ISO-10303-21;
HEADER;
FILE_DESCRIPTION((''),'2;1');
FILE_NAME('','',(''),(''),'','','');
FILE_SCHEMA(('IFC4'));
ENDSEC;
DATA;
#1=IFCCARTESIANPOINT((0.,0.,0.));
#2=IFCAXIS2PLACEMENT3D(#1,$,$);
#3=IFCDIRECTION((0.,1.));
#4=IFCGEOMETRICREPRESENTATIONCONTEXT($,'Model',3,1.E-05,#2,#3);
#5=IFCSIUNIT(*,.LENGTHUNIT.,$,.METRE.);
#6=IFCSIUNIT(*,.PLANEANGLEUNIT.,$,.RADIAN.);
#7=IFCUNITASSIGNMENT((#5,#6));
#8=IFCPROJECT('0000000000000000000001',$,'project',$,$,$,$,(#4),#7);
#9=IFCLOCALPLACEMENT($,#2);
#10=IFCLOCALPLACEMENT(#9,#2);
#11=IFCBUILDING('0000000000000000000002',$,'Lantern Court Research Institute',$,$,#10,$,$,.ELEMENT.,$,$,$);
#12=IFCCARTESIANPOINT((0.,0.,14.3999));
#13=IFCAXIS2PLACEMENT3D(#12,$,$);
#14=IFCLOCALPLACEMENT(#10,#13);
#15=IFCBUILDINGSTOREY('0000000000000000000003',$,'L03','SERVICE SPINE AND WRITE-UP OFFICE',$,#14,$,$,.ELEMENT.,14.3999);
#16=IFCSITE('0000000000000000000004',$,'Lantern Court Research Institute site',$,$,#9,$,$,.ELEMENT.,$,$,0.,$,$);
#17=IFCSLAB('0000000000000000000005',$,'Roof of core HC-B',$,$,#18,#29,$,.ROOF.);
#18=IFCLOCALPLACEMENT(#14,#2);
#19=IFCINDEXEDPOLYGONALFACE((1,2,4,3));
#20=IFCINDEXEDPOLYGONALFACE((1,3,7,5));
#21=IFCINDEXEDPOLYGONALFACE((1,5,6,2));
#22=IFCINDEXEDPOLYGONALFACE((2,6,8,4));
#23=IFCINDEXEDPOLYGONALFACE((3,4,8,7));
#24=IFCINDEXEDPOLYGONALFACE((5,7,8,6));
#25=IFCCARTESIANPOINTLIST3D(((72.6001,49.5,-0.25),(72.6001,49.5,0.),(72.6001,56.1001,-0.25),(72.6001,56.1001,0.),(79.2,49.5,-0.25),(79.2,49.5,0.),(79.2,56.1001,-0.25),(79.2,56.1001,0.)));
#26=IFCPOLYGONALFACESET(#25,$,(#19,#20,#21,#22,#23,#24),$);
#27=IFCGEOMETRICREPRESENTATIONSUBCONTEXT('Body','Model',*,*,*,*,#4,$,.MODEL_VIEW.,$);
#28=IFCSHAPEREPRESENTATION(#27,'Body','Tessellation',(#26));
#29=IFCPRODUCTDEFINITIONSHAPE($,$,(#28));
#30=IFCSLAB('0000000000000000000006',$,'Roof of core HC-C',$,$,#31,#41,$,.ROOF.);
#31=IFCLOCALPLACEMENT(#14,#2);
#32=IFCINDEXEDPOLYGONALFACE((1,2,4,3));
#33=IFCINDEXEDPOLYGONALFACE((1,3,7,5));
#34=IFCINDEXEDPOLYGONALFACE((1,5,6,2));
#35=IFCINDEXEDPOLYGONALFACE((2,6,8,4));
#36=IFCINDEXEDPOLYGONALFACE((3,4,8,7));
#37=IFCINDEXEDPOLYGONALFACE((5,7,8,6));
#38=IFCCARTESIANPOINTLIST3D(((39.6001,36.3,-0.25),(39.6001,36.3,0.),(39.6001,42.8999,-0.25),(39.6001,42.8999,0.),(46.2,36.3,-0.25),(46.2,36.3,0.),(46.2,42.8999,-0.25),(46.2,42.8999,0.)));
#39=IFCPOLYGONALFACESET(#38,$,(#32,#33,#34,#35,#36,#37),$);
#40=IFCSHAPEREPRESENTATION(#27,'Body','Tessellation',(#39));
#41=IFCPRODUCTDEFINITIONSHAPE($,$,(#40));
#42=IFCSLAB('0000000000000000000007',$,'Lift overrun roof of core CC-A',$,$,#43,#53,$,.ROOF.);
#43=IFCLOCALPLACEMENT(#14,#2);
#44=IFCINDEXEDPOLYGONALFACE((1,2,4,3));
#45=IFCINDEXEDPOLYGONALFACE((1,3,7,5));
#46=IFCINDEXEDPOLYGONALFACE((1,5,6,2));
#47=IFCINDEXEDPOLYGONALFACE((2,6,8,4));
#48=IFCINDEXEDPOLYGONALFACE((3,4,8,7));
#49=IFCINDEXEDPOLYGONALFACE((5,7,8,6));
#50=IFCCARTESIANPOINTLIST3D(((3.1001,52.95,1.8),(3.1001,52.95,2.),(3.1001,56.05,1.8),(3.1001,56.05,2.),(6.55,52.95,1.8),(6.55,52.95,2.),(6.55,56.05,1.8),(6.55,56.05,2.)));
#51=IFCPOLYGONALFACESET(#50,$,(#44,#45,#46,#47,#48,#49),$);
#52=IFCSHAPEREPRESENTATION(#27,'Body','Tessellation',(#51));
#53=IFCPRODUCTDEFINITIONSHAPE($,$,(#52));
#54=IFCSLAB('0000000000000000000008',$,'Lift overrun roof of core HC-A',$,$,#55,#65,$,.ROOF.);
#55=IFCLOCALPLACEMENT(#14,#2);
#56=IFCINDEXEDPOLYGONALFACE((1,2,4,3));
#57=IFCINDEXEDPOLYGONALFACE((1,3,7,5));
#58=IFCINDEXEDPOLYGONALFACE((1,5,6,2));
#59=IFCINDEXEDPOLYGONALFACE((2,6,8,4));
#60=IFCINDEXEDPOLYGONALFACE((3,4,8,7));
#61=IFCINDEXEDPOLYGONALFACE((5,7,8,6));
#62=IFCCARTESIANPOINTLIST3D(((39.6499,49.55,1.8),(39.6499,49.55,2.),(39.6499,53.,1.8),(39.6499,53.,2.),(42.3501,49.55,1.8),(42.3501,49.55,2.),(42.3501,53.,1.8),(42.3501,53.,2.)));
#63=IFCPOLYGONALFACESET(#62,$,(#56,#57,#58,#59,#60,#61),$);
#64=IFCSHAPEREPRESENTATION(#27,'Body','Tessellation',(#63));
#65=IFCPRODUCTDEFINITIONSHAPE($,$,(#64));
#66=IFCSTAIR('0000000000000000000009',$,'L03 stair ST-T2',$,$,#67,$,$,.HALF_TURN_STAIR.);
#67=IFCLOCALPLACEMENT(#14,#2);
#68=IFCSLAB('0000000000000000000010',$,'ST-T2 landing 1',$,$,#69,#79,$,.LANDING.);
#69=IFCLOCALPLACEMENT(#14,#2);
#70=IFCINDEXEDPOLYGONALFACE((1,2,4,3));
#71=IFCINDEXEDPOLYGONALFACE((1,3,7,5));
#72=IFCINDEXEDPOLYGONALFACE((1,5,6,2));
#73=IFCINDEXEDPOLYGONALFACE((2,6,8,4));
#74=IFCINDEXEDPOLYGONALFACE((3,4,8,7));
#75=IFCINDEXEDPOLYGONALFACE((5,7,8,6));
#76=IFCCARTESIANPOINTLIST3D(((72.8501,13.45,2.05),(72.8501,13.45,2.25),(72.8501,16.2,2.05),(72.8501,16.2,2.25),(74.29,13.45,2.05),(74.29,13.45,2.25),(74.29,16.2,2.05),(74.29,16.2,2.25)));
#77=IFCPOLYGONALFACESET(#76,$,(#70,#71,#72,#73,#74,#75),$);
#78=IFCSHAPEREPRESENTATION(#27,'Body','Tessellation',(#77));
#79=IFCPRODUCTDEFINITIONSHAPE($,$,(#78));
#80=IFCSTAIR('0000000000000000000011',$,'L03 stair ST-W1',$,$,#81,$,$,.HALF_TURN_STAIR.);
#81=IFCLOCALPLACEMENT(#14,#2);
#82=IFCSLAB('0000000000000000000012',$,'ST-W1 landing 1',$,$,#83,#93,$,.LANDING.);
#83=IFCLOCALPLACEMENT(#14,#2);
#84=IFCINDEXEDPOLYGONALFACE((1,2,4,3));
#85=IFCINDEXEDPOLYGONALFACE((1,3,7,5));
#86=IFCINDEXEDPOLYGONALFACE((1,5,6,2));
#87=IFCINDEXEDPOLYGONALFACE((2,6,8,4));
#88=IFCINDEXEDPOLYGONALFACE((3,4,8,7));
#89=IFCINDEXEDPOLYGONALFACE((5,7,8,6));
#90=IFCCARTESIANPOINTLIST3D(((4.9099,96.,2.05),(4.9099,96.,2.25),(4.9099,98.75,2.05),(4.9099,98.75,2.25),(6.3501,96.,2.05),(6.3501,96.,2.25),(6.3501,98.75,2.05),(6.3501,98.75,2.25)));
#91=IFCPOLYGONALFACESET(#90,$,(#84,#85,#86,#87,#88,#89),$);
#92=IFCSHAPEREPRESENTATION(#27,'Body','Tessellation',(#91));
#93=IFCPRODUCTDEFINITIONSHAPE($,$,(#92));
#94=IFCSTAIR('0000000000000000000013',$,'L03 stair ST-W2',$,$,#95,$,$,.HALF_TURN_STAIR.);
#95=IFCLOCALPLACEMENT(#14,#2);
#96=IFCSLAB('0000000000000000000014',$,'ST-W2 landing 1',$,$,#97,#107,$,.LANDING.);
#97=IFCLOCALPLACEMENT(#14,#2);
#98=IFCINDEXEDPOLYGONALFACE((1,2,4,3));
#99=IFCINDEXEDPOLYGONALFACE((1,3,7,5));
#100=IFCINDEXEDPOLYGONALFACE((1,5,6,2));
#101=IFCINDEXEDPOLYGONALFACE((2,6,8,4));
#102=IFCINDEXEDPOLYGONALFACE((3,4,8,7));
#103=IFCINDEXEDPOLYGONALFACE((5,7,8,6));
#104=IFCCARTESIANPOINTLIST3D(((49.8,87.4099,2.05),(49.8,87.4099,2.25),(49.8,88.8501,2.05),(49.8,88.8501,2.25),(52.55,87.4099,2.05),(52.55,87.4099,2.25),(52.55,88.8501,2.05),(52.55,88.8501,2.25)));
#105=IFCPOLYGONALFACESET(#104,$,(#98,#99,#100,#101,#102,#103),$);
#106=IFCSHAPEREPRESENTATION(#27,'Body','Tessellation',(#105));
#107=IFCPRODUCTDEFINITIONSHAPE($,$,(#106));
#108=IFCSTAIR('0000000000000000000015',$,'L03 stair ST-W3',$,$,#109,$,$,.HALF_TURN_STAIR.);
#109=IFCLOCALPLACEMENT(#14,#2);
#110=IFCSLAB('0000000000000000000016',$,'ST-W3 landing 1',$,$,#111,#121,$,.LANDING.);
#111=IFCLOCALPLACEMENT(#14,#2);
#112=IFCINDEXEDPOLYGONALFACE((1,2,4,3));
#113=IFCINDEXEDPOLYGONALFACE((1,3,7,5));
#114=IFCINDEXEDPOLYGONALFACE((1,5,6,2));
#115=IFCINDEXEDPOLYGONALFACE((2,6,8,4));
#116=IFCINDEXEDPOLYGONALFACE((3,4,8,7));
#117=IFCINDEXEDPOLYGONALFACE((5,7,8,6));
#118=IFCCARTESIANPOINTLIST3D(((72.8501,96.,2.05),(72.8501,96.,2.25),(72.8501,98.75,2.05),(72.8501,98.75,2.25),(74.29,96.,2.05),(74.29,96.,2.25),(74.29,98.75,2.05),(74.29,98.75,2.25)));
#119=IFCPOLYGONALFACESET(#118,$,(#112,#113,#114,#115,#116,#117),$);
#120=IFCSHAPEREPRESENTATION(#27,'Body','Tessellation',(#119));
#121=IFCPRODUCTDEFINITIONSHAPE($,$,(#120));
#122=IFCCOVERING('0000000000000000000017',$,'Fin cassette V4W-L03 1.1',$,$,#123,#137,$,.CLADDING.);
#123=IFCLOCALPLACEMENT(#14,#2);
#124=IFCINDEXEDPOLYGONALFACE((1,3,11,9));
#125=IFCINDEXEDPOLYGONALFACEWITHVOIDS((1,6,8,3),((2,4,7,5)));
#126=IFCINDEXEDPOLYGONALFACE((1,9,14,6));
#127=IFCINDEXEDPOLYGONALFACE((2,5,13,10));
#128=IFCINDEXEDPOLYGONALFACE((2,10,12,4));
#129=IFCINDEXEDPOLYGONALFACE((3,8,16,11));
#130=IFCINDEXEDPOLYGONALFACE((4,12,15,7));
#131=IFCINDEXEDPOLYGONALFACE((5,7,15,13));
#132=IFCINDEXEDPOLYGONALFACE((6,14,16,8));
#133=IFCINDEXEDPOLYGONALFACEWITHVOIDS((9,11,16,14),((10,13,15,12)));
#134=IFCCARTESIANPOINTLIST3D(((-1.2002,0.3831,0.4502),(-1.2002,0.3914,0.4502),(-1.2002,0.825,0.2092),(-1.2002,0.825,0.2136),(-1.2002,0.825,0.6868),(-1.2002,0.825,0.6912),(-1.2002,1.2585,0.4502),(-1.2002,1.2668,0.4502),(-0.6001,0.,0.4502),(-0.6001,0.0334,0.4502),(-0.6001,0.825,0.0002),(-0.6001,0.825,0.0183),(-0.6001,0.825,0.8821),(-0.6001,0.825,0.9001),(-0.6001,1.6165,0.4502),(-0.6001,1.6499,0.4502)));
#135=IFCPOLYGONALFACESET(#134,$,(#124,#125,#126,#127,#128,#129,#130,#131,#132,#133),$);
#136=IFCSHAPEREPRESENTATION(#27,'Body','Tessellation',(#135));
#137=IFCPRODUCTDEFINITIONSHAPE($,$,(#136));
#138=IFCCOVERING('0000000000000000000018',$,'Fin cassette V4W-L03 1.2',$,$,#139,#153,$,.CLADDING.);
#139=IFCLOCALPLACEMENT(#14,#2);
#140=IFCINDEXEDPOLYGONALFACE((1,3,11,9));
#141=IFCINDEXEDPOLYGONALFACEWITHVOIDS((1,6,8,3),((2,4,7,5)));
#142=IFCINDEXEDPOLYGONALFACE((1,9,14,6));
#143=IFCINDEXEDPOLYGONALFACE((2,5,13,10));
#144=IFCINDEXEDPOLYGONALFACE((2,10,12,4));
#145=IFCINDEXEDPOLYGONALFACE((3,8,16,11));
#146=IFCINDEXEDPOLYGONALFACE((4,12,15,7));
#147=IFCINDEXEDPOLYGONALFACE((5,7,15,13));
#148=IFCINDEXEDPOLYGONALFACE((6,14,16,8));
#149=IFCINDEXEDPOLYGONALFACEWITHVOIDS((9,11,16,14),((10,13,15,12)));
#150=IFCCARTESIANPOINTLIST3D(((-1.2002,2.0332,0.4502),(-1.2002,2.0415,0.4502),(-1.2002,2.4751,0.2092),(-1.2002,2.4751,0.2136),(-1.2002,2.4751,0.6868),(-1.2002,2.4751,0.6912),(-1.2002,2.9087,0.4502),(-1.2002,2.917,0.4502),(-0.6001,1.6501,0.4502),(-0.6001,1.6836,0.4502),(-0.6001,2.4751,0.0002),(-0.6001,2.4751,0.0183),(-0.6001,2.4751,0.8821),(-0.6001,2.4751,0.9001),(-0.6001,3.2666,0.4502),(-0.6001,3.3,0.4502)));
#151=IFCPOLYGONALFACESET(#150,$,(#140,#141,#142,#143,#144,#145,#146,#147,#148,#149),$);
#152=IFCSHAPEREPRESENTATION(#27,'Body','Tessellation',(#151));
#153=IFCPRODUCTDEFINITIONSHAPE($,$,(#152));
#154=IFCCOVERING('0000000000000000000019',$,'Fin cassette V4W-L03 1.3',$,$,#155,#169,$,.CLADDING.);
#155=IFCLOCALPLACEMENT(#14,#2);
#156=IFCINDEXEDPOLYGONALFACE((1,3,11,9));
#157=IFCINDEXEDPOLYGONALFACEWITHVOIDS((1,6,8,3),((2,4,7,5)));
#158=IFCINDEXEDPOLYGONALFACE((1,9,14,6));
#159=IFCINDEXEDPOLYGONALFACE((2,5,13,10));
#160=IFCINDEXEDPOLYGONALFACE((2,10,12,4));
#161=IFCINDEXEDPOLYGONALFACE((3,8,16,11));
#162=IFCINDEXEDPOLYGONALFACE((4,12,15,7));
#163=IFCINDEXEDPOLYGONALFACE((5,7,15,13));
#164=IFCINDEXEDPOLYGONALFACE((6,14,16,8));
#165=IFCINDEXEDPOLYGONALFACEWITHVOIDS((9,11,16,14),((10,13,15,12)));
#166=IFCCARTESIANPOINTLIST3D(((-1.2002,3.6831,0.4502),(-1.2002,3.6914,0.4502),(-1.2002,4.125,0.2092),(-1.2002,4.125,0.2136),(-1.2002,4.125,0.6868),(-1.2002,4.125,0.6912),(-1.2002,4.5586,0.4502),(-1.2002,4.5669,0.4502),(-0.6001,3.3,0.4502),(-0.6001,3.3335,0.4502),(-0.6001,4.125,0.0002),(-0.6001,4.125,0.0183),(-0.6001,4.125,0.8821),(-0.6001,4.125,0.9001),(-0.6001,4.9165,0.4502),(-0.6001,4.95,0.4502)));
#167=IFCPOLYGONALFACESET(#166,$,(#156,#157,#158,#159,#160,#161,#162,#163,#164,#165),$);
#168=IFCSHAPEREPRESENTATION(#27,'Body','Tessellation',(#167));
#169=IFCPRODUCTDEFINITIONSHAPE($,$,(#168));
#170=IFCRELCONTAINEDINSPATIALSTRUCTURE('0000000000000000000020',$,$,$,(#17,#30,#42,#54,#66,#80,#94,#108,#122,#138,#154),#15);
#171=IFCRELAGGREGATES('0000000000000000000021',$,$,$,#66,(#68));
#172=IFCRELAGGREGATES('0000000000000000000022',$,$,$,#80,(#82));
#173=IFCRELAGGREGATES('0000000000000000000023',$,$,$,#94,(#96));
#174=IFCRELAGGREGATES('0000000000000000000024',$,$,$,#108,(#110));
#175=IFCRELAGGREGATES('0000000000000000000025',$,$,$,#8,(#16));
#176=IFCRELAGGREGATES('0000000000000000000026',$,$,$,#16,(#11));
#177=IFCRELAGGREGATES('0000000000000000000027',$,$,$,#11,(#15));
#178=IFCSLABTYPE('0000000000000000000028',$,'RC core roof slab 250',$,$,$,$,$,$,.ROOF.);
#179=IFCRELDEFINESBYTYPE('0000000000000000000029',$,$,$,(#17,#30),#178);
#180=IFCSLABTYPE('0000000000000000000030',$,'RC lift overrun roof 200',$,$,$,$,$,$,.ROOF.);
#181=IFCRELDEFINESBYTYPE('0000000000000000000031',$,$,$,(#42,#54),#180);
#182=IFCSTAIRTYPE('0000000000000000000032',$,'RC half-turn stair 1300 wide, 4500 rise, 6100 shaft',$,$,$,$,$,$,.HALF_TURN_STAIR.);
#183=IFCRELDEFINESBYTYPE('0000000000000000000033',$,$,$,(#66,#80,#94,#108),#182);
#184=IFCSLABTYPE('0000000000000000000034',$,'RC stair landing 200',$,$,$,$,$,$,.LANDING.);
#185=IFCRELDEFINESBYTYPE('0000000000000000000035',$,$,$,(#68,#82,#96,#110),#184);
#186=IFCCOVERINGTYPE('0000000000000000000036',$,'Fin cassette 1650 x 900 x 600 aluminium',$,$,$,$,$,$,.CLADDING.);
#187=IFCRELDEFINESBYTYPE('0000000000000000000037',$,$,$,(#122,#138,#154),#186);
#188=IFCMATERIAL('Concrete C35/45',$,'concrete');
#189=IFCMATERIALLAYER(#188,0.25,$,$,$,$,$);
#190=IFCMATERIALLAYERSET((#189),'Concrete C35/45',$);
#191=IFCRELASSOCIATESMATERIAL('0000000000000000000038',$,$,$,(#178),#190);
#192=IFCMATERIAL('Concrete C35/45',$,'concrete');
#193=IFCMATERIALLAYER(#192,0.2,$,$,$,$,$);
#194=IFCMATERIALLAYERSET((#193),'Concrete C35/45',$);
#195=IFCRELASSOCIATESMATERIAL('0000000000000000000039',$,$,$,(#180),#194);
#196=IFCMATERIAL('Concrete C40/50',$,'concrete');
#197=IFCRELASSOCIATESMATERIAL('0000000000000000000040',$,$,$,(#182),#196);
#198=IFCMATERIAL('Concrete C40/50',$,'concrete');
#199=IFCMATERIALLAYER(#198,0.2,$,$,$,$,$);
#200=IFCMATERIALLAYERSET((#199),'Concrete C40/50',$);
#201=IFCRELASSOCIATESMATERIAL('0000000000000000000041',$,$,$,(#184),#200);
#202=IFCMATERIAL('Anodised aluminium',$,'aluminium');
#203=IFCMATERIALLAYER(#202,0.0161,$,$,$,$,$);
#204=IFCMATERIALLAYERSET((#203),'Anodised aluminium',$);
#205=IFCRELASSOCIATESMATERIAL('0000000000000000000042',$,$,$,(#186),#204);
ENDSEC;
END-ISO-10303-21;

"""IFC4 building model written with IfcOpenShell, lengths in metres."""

from ifc_helpers import new_model, entity, si_unit, direction, frame, origin, place, context, subcontext, project, spatial, polyline, outline, extrude, material, layer, layer_set, type_object, element, aggregate, save


model = new_model("IFC4")

# Units and contexts
model_context = context("Model", 3, precision=1e-05, world=origin(), true_north=direction((0.0, 1.0)))
body_context = subcontext(model_context, "Body", "Model", "MODEL_VIEW")
ifc_project = project(units=[si_unit("LENGTHUNIT", "METRE"), si_unit("PLANEANGLEUNIT", "RADIAN")], contexts=[model_context])

# Site, building, storey
site_placement = place(None, origin())
site = spatial("IfcSite", under=ifc_project, at=site_placement, Name="Lantern Court Research Institute site", CompositionType="ELEMENT", RefElevation=0.0)
building_placement = place(site_placement, origin())
building = spatial("IfcBuilding", under=site, at=building_placement, Name="Lantern Court Research Institute", CompositionType="ELEMENT")
storey_placement = place(building_placement, frame((0.0, 0.0, 14.3999)))
storey = spatial("IfcBuildingStorey", under=building, at=storey_placement, Name="L03", Description="SERVICE SPINE AND WRITE-UP OFFICE", CompositionType="ELEMENT", Elevation=14.3999)

# Slabs
ifc_material_1 = material(Name="Concrete C35/45", Category="concrete")
ifc_layer_1 = layer(ifc_material_1, 0.25)
ifc_layer_set_1 = layer_set([ifc_layer_1], Name="Concrete C35/45")
slab_type_1 = type_object("IfcSlabType", Name="RC core roof slab 250", PredefinedType="ROOF", material=ifc_layer_set_1)
slab_1_placement = place(storey_placement, frame((0.0, 0.0, -0.25)))
element("IfcSlab", 1, at=slab_1_placement, inside=storey, type_object=slab_type_1, Name="Roof of core HC-B", PredefinedType="ROOF", context=body_context, shape_type="SweptSolid", body=[
    extrude(outline(polyline([(72.6001, 49.5), (79.2, 49.5), (79.2, 56.1001), (72.6001, 56.1001), (72.6001, 49.5)])), origin(), (0.0, 0.0, 1.0), 0.25),
])
slab_2_placement = place(storey_placement, frame((0.0, 0.0, -0.25)))
element("IfcSlab", 2, at=slab_2_placement, inside=storey, type_object=slab_type_1, Name="Roof of core HC-C", PredefinedType="ROOF", context=body_context, shape_type="SweptSolid", body=[
    extrude(outline(polyline([(39.6001, 36.3), (46.2, 36.3), (46.2, 42.8999), (39.6001, 42.8999), (39.6001, 36.3)])), origin(), (0.0, 0.0, 1.0), 0.25),
])
ifc_material_2 = material(Name="Concrete C35/45", Category="concrete")
ifc_layer_2 = layer(ifc_material_2, 0.2)
ifc_layer_set_2 = layer_set([ifc_layer_2], Name="Concrete C35/45")
slab_type_2 = type_object("IfcSlabType", Name="RC lift overrun roof 200", PredefinedType="ROOF", material=ifc_layer_set_2)
slab_3_placement = place(storey_placement, frame((0.0, 0.0, 1.8)))
element("IfcSlab", 3, at=slab_3_placement, inside=storey, type_object=slab_type_2, Name="Lift overrun roof of core CC-A", PredefinedType="ROOF", context=body_context, shape_type="SweptSolid", body=[
    extrude(outline(polyline([(3.1001, 52.95), (6.55, 52.95), (6.55, 56.05), (3.1001, 56.05), (3.1001, 52.95)])), origin(), (0.0, 0.0, 1.0), 0.2),
])
slab_4_placement = place(storey_placement, frame((0.0, 0.0, 1.8)))
element("IfcSlab", 4, at=slab_4_placement, inside=storey, type_object=slab_type_2, Name="Lift overrun roof of core HC-A", PredefinedType="ROOF", context=body_context, shape_type="SweptSolid", body=[
    extrude(outline(polyline([(39.6499, 49.55), (42.3501, 49.55), (42.3501, 53.0), (39.6499, 53.0), (39.6499, 49.55)])), origin(), (0.0, 0.0, 1.0), 0.2),
])

# Stairs, slabs
ifc_material_3 = material(Name="Concrete C40/50", Category="concrete")
stair_type = type_object("IfcStairType", Name="RC half-turn stair 1300 wide, 4500 rise, 6100 shaft", PredefinedType="HALF_TURN_STAIR", material=ifc_material_3)
stair_1_placement = place(storey_placement, origin())
stair_1 = element("IfcStair", 5, at=stair_1_placement, inside=storey, type_object=stair_type, Name="L03 stair ST-T2", PredefinedType="HALF_TURN_STAIR")
ifc_material_4 = material(Name="Concrete C40/50", Category="concrete")
ifc_layer_3 = layer(ifc_material_4, 0.2)
ifc_layer_set_3 = layer_set([ifc_layer_3], Name="Concrete C40/50")
slab_type_3 = type_object("IfcSlabType", Name="RC stair landing 200", PredefinedType="LANDING", material=ifc_layer_set_3)
slab_5_placement = place(storey_placement, frame((0.0, 0.0, 2.05)))
slab_5 = element("IfcSlab", 6, at=slab_5_placement, type_object=slab_type_3, Name="ST-T2 landing 1", PredefinedType="LANDING", context=body_context, shape_type="SweptSolid", body=[
    extrude(outline(polyline([(74.29, 16.2), (72.8501, 16.2), (72.8501, 13.45), (74.29, 13.45), (74.29, 16.2)])), origin(), (0.0, 0.0, 1.0), 0.2),
])
aggregate(stair_1, [slab_5])
stair_2_placement = place(storey_placement, origin())
stair_2 = element("IfcStair", 7, at=stair_2_placement, inside=storey, type_object=stair_type, Name="L03 stair ST-W1", PredefinedType="HALF_TURN_STAIR")
slab_6_placement = place(storey_placement, frame((0.0, 0.0, 2.05)))
slab_6 = element("IfcSlab", 8, at=slab_6_placement, type_object=slab_type_3, Name="ST-W1 landing 1", PredefinedType="LANDING", context=body_context, shape_type="SweptSolid", body=[
    extrude(outline(polyline([(4.9099, 96.0), (6.3501, 96.0), (6.3501, 98.75), (4.9099, 98.75), (4.9099, 96.0)])), origin(), (0.0, 0.0, 1.0), 0.2),
])
aggregate(stair_2, [slab_6])
stair_3_placement = place(storey_placement, origin())
stair_3 = element("IfcStair", 9, at=stair_3_placement, inside=storey, type_object=stair_type, Name="L03 stair ST-W2", PredefinedType="HALF_TURN_STAIR")
slab_7_placement = place(storey_placement, frame((0.0, 0.0, 2.05)))
slab_7 = element("IfcSlab", 10, at=slab_7_placement, type_object=slab_type_3, Name="ST-W2 landing 1", PredefinedType="LANDING", context=body_context, shape_type="SweptSolid", body=[
    extrude(outline(polyline([(52.55, 87.4099), (52.55, 88.8501), (49.8, 88.8501), (49.8, 87.4099), (52.55, 87.4099)])), origin(), (0.0, 0.0, 1.0), 0.2),
])
aggregate(stair_3, [slab_7])
stair_4_placement = place(storey_placement, origin())
stair_4 = element("IfcStair", 11, at=stair_4_placement, inside=storey, type_object=stair_type, Name="L03 stair ST-W3", PredefinedType="HALF_TURN_STAIR")
slab_8_placement = place(storey_placement, frame((0.0, 0.0, 2.05)))
slab_8 = element("IfcSlab", 12, at=slab_8_placement, type_object=slab_type_3, Name="ST-W3 landing 1", PredefinedType="LANDING", context=body_context, shape_type="SweptSolid", body=[
    extrude(outline(polyline([(74.29, 98.75), (72.8501, 98.75), (72.8501, 96.0), (74.29, 96.0), (74.29, 98.75)])), origin(), (0.0, 0.0, 1.0), 0.2),
])
aggregate(stair_4, [slab_8])

# Coverings
ifc_material_5 = material(Name="Anodised aluminium", Category="aluminium")
ifc_layer_4 = layer(ifc_material_5, 0.0161)
ifc_layer_set_4 = layer_set([ifc_layer_4], Name="Anodised aluminium")
covering_type_1 = type_object("IfcCoveringType", Name="Fin cassette 1650 x 900 x 600 aluminium", PredefinedType="CLADDING", material=ifc_layer_set_4)
covering_1_placement = place(storey_placement, frame((-0.6001, 0.825, 0.4502), z_axis=(-1.0, 0.0, 0.0), x_axis=(0.0, -1.0, 0.0)))
cartesian_point_1 = entity("IfcCartesianPoint", [0.825, 0.0])
cartesian_point_2 = entity("IfcCartesianPoint", [0.7915, 0.0])
cartesian_point_3 = entity("IfcCartesianPoint", [0.4419, 0.0])
cartesian_point_4 = entity("IfcCartesianPoint", [0.4336, 0.0])
element("IfcCovering", 13, at=covering_1_placement, inside=storey, type_object=covering_type_1, Name="Fin cassette V4W-L03 1.1", PredefinedType="CLADDING", context=body_context, shape_type="SweptSolid", body=[
    entity("IfcExtrudedAreaSolidTapered", entity("IfcArbitraryProfileDefWithVoids", "AREA", None, entity("IfcPolyline", [cartesian_point_1, entity("IfcCartesianPoint", [0.0, 0.45]), entity("IfcCartesianPoint", [-0.825, 0.0]), entity("IfcCartesianPoint", [0.0, -0.45]), cartesian_point_1]), [entity("IfcPolyline", [cartesian_point_2, entity("IfcCartesianPoint", [0.0, 0.4319]), entity("IfcCartesianPoint", [-0.7915, 0.0]), entity("IfcCartesianPoint", [0.0, -0.4319]), cartesian_point_2])]), entity("IfcAxis2Placement3D", entity("IfcCartesianPoint", [0.0, 0.0, 0.0])), entity("IfcDirection", [0.0, 0.0, 1.0]), 0.6001, entity("IfcArbitraryProfileDefWithVoids", "AREA", None, entity("IfcPolyline", [cartesian_point_3, entity("IfcCartesianPoint", [0.0, 0.241]), entity("IfcCartesianPoint", [-0.4419, 0.0]), entity("IfcCartesianPoint", [0.0, -0.241]), cartesian_point_3]), [entity("IfcPolyline", [cartesian_point_4, entity("IfcCartesianPoint", [0.0, 0.2366]), entity("IfcCartesianPoint", [-0.4336, 0.0]), entity("IfcCartesianPoint", [0.0, -0.2366]), cartesian_point_4])])),
])
covering_2_placement = place(storey_placement, frame((-0.6001, 2.4751, 0.4502), z_axis=(-1.0, 0.0, 0.0), x_axis=(0.0, -1.0, 0.0)))
cartesian_point_5 = entity("IfcCartesianPoint", [0.825, 0.0])
cartesian_point_6 = entity("IfcCartesianPoint", [0.7915, 0.0])
cartesian_point_7 = entity("IfcCartesianPoint", [0.4419, 0.0])
cartesian_point_8 = entity("IfcCartesianPoint", [0.4336, 0.0])
element("IfcCovering", 14, at=covering_2_placement, inside=storey, type_object=covering_type_1, Name="Fin cassette V4W-L03 1.2", PredefinedType="CLADDING", context=body_context, shape_type="SweptSolid", body=[
    entity("IfcExtrudedAreaSolidTapered", entity("IfcArbitraryProfileDefWithVoids", "AREA", None, entity("IfcPolyline", [cartesian_point_5, entity("IfcCartesianPoint", [0.0, 0.45]), entity("IfcCartesianPoint", [-0.825, 0.0]), entity("IfcCartesianPoint", [0.0, -0.45]), cartesian_point_5]), [entity("IfcPolyline", [cartesian_point_6, entity("IfcCartesianPoint", [0.0, 0.4319]), entity("IfcCartesianPoint", [-0.7915, 0.0]), entity("IfcCartesianPoint", [0.0, -0.4319]), cartesian_point_6])]), entity("IfcAxis2Placement3D", entity("IfcCartesianPoint", [0.0, 0.0, 0.0])), entity("IfcDirection", [0.0, 0.0, 1.0]), 0.6001, entity("IfcArbitraryProfileDefWithVoids", "AREA", None, entity("IfcPolyline", [cartesian_point_7, entity("IfcCartesianPoint", [0.0, 0.241]), entity("IfcCartesianPoint", [-0.4419, 0.0]), entity("IfcCartesianPoint", [0.0, -0.241]), cartesian_point_7]), [entity("IfcPolyline", [cartesian_point_8, entity("IfcCartesianPoint", [0.0, 0.2366]), entity("IfcCartesianPoint", [-0.4336, 0.0]), entity("IfcCartesianPoint", [0.0, -0.2366]), cartesian_point_8])])),
])
covering_3_placement = place(storey_placement, frame((-0.6001, 4.125, 0.4502), z_axis=(-1.0, 0.0, 0.0), x_axis=(0.0, -1.0, 0.0)))
cartesian_point_9 = entity("IfcCartesianPoint", [0.825, 0.0])
cartesian_point_10 = entity("IfcCartesianPoint", [0.7915, 0.0])
cartesian_point_11 = entity("IfcCartesianPoint", [0.4419, 0.0])
cartesian_point_12 = entity("IfcCartesianPoint", [0.4336, 0.0])
element("IfcCovering", 15, at=covering_3_placement, inside=storey, type_object=covering_type_1, Name="Fin cassette V4W-L03 1.3", PredefinedType="CLADDING", context=body_context, shape_type="SweptSolid", body=[
    entity("IfcExtrudedAreaSolidTapered", entity("IfcArbitraryProfileDefWithVoids", "AREA", None, entity("IfcPolyline", [cartesian_point_9, entity("IfcCartesianPoint", [0.0, 0.45]), entity("IfcCartesianPoint", [-0.825, 0.0]), entity("IfcCartesianPoint", [0.0, -0.45]), cartesian_point_9]), [entity("IfcPolyline", [cartesian_point_10, entity("IfcCartesianPoint", [0.0, 0.4319]), entity("IfcCartesianPoint", [-0.7915, 0.0]), entity("IfcCartesianPoint", [0.0, -0.4319]), cartesian_point_10])]), entity("IfcAxis2Placement3D", entity("IfcCartesianPoint", [0.0, 0.0, 0.0])), entity("IfcDirection", [0.0, 0.0, 1.0]), 0.6001, entity("IfcArbitraryProfileDefWithVoids", "AREA", None, entity("IfcPolyline", [cartesian_point_11, entity("IfcCartesianPoint", [0.0, 0.241]), entity("IfcCartesianPoint", [-0.4419, 0.0]), entity("IfcCartesianPoint", [0.0, -0.241]), cartesian_point_11]), [entity("IfcPolyline", [cartesian_point_12, entity("IfcCartesianPoint", [0.0, 0.2366]), entity("IfcCartesianPoint", [-0.4336, 0.0]), entity("IfcCartesianPoint", [0.0, -0.2366]), cartesian_point_12])])),
])

save(model, "model.ifc")
